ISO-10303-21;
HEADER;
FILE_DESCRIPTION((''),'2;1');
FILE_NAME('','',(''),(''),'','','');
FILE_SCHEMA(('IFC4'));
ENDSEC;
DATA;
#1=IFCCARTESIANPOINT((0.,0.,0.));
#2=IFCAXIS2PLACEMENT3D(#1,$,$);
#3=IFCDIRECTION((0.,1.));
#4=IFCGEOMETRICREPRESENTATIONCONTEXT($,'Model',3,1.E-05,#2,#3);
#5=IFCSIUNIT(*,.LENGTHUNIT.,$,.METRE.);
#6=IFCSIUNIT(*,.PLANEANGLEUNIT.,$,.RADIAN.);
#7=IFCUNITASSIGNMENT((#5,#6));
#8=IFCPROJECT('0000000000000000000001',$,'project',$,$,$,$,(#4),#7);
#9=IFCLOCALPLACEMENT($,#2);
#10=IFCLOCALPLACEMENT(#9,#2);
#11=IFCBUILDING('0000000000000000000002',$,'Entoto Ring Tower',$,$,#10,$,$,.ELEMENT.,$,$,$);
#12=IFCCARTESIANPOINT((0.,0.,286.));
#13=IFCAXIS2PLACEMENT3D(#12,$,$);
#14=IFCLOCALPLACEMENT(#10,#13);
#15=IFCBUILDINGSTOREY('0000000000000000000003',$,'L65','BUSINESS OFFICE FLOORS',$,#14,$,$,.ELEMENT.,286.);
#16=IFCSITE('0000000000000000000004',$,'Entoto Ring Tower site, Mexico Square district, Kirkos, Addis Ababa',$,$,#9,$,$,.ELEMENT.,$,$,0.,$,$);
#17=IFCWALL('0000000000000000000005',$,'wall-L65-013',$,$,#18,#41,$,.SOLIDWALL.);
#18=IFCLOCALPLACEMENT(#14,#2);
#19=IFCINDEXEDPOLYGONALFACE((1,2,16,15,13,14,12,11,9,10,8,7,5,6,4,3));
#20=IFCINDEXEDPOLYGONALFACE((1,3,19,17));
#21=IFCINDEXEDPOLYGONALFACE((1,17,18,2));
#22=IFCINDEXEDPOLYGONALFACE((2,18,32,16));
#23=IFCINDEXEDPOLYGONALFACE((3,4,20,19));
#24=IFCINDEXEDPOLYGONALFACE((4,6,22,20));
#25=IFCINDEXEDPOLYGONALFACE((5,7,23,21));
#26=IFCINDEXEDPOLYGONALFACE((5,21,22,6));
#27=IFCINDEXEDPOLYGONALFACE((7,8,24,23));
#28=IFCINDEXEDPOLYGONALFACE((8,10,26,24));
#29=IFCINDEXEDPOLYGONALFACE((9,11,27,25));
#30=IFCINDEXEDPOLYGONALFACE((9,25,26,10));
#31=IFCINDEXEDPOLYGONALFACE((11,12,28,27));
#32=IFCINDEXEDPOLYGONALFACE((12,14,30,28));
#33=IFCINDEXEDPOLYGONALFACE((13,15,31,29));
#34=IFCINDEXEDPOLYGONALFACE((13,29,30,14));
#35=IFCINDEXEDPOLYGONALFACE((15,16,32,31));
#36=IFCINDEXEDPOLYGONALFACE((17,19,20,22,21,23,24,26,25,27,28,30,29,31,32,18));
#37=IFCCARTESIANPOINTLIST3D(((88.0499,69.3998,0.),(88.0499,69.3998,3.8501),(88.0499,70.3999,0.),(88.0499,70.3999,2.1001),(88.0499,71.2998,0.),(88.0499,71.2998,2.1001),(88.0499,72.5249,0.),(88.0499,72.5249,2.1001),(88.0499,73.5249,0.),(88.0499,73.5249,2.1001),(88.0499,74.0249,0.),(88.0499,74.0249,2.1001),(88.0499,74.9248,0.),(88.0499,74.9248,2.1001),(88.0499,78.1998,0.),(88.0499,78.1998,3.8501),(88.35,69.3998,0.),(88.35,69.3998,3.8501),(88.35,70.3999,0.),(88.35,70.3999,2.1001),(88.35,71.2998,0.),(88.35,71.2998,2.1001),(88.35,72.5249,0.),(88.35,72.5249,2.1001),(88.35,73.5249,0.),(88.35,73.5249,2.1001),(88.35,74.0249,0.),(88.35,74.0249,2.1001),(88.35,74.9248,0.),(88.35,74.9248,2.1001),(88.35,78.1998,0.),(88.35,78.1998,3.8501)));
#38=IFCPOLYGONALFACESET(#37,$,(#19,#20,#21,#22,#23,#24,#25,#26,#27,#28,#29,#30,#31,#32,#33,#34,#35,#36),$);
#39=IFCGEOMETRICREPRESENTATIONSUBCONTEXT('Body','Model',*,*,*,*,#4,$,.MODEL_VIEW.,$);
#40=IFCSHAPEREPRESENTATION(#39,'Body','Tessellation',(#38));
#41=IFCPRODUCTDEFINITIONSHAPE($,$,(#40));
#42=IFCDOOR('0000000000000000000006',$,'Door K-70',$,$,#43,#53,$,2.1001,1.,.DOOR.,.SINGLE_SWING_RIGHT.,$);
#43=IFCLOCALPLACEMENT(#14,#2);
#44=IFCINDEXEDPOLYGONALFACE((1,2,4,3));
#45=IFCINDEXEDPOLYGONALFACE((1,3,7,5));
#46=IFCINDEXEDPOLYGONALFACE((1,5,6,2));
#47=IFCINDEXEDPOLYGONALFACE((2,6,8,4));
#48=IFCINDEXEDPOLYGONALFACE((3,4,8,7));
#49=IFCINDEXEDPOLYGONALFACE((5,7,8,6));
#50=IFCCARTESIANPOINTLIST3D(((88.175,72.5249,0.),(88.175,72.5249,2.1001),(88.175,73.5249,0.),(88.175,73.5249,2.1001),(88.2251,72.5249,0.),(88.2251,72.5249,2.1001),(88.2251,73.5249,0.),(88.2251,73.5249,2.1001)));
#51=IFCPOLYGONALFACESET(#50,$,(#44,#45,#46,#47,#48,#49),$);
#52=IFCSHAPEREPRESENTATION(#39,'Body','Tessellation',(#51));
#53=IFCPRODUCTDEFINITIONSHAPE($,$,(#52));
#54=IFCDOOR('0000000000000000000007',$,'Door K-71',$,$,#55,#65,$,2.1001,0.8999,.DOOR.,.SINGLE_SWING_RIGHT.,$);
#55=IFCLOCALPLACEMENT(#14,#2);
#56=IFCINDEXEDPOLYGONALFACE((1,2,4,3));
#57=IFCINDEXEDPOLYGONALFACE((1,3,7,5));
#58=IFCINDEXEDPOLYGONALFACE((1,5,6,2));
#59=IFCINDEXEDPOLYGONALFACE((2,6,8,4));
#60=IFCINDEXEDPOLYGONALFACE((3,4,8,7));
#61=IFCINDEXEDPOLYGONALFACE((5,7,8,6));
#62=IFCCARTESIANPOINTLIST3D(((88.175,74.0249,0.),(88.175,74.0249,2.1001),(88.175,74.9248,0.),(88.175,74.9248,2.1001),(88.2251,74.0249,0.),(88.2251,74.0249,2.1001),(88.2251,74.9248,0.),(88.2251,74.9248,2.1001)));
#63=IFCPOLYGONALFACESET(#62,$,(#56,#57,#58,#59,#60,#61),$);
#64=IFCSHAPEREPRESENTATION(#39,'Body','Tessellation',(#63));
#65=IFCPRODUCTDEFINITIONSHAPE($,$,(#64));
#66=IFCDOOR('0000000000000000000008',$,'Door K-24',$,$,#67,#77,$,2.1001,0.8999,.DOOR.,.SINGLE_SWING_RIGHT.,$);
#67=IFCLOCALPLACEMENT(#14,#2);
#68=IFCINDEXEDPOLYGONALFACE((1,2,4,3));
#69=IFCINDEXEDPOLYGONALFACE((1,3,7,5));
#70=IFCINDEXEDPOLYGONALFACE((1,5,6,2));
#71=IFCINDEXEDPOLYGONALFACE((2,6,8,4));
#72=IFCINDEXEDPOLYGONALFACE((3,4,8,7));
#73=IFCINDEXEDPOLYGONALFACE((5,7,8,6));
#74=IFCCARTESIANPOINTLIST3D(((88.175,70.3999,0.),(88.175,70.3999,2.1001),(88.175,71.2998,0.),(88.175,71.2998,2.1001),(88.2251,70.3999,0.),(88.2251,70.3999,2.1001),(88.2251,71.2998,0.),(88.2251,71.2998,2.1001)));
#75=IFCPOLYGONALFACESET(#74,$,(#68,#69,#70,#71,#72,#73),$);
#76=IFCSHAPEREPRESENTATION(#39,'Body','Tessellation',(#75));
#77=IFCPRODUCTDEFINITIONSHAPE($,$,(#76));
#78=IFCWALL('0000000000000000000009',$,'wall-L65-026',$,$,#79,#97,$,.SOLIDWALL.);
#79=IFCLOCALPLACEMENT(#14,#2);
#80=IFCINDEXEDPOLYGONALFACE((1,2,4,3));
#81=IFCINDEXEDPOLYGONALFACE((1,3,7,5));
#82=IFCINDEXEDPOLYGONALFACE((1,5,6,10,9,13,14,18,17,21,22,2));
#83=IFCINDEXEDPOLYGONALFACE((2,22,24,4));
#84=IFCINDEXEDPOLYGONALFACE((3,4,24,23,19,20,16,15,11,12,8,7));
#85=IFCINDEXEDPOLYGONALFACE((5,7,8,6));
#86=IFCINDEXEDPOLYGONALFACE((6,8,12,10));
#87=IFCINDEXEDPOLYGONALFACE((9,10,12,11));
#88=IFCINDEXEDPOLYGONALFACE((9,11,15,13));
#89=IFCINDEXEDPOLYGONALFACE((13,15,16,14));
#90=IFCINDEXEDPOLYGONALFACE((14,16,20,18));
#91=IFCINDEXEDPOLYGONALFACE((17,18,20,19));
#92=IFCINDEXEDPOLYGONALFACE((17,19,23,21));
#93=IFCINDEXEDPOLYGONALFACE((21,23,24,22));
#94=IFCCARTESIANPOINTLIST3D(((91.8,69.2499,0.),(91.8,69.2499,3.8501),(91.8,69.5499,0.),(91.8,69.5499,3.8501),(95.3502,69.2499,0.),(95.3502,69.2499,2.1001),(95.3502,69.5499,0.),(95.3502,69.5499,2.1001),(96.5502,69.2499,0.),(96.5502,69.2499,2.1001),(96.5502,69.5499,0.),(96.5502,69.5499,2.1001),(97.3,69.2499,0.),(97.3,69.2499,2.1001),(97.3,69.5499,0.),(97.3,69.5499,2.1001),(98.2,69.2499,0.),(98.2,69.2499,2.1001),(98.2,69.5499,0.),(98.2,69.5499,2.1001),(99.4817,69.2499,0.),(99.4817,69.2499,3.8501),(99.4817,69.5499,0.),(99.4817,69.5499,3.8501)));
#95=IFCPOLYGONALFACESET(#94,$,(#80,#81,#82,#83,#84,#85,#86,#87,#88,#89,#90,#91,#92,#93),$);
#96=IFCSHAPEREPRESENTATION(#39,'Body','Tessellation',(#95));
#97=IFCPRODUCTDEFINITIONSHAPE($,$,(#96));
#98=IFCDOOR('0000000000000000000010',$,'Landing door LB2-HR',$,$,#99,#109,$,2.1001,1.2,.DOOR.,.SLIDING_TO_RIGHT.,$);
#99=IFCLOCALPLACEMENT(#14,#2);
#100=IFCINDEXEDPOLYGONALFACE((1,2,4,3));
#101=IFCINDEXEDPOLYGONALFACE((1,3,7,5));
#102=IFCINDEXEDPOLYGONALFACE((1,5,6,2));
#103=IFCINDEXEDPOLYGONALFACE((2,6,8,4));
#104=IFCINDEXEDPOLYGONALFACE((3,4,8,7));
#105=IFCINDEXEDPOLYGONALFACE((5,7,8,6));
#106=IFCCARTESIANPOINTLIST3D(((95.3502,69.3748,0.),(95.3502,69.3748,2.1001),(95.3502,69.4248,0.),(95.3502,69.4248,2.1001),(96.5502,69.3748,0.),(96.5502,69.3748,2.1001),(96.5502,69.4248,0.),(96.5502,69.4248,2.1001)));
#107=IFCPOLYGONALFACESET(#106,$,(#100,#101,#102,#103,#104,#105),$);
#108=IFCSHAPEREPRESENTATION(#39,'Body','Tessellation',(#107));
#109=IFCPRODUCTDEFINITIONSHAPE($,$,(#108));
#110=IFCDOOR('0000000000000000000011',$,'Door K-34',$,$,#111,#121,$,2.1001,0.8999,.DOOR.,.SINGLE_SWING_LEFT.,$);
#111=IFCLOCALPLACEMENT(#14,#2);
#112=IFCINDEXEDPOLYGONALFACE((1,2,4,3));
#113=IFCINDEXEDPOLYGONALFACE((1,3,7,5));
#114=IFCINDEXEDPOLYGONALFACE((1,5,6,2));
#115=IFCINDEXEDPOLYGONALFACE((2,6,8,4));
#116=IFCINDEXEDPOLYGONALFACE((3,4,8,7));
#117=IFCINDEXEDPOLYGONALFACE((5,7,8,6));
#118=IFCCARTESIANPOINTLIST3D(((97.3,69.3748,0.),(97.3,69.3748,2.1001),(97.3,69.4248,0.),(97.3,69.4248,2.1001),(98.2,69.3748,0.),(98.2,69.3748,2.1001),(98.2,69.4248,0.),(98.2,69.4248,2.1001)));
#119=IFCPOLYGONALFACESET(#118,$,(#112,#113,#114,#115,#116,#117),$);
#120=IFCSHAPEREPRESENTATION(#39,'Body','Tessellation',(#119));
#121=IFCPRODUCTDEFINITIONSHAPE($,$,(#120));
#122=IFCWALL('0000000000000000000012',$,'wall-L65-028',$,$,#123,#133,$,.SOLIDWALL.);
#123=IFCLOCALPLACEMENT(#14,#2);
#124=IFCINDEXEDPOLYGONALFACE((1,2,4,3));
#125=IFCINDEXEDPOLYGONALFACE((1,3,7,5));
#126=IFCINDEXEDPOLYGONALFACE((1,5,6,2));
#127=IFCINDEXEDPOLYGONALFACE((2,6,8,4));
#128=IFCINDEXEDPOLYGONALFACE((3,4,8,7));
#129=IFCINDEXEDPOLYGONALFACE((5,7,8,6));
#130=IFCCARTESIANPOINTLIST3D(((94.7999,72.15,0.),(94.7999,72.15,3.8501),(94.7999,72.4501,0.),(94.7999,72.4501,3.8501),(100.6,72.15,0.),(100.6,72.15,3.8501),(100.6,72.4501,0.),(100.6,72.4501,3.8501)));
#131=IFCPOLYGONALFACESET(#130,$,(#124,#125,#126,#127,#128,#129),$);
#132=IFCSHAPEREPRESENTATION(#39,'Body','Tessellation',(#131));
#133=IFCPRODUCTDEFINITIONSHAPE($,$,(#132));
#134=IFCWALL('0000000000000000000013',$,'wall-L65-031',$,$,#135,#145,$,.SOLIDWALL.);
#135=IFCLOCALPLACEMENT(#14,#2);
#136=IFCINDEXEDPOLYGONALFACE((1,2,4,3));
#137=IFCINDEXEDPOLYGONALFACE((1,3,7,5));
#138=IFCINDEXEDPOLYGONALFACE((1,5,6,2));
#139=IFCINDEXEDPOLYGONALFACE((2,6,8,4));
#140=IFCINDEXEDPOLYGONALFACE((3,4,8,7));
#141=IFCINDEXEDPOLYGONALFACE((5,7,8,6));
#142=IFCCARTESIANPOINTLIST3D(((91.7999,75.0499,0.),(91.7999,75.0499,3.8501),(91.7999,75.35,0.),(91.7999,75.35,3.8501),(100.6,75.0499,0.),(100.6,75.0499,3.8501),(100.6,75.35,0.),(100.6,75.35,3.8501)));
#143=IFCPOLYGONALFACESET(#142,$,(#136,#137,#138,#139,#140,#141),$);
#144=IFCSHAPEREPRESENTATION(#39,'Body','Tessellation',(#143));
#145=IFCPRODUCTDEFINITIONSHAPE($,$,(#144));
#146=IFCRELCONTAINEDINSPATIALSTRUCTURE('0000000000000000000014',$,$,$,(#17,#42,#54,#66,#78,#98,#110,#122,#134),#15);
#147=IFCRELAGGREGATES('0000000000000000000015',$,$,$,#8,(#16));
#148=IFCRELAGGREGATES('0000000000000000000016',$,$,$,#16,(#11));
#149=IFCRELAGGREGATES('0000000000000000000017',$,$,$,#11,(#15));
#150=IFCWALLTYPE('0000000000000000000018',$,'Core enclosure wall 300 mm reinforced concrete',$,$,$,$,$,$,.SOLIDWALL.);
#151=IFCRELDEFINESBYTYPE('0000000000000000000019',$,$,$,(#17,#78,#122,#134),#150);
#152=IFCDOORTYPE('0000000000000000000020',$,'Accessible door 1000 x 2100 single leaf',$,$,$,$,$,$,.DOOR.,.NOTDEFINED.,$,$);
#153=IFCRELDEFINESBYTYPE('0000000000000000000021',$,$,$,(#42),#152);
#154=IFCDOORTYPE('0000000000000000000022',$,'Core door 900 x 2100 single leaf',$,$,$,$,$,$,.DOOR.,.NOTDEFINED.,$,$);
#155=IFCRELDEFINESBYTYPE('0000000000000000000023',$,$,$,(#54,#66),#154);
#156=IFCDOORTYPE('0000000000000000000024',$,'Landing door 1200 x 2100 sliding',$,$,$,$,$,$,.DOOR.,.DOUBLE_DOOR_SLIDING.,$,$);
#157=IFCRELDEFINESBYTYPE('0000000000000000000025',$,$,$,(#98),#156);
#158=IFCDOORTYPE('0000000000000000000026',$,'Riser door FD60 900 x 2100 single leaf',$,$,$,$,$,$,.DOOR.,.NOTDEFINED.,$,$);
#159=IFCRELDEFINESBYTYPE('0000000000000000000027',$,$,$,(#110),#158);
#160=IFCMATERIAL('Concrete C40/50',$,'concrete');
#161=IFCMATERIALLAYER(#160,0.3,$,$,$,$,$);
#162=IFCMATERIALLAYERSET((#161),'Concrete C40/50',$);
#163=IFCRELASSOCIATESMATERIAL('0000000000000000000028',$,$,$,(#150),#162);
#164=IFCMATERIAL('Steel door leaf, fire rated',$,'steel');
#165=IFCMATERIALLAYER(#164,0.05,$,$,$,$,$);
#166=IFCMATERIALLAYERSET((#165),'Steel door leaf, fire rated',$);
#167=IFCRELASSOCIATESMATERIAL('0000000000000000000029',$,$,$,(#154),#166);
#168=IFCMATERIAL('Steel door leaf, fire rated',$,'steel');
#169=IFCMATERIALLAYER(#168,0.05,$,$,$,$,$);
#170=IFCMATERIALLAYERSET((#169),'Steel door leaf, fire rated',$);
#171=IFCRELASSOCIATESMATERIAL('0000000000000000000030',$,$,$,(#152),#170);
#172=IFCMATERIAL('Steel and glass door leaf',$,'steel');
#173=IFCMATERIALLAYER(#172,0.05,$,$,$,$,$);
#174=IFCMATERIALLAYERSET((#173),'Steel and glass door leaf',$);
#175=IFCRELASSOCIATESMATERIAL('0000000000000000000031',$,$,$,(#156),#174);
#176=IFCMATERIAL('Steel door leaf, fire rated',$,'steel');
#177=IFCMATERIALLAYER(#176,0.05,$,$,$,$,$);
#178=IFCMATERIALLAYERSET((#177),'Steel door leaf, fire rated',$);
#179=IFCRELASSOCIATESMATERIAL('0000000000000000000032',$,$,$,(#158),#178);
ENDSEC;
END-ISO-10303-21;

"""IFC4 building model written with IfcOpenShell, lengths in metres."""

from ifc_helpers import new_model, si_unit, direction, frame, frame_2d, origin, place, context, subcontext, project, spatial, rectangle, extrude, material, layer, layer_set, type_object, element, fill, save


model = new_model("IFC4")

# Units and contexts
model_context = context("Model", 3, precision=1e-05, world=origin(), true_north=direction((0.0, 1.0)))
body_context = subcontext(model_context, "Body", "Model", "MODEL_VIEW")
ifc_project = project(units=[si_unit("LENGTHUNIT", "METRE"), si_unit("PLANEANGLEUNIT", "RADIAN")], contexts=[model_context])

# Site, building, storey
site_placement = place(None, origin())
site = spatial("IfcSite", under=ifc_project, at=site_placement, Name="Entoto Ring Tower site, Mexico Square district, Kirkos, Addis Ababa", CompositionType="ELEMENT", RefElevation=0.0)
building_placement = place(site_placement, origin())
building = spatial("IfcBuilding", under=site, at=building_placement, Name="Entoto Ring Tower", CompositionType="ELEMENT")
storey_placement = place(building_placement, frame((0.0, 0.0, 286.0)))
storey = spatial("IfcBuildingStorey", under=building, at=storey_placement, Name="L65", Description="BUSINESS OFFICE FLOORS", CompositionType="ELEMENT", Elevation=286.0)

# Shared definitions
ifc_material_1 = material(Name="Concrete C40/50", Category="concrete")
ifc_layer_1 = layer(ifc_material_1, 0.3)
ifc_layer_set_1 = layer_set([ifc_layer_1], Name="Concrete C40/50")
wall_type_1 = type_object("IfcWallType", Name="Core enclosure wall 300 mm reinforced concrete", PredefinedType="SOLIDWALL", material=ifc_layer_set_1)

# Shared definitions
ifc_material_2 = material(Name="Steel door leaf, fire rated", Category="steel")
ifc_layer_2 = layer(ifc_material_2, 0.05)
ifc_layer_set_2 = layer_set([ifc_layer_2], Name="Steel door leaf, fire rated")
door_type_1 = type_object("IfcDoorType", Name="Core door 900 x 2100 single leaf", OperationType="NOTDEFINED", PredefinedType="DOOR", material=ifc_layer_set_2)

# Walls, openings, doors
wall_1_placement = place(storey_placement, frame((88.2, 69.3999, 0.0), z_axis=(0.0, 0.0, 1.0), x_axis=(0.0, 1.0, 0.0)))
wall_1 = element("IfcWall", 1, at=wall_1_placement, inside=storey, type_object=wall_type_1, Name="wall-L65-013", PredefinedType="SOLIDWALL", context=body_context, shape_type="SweptSolid", body=[
    extrude(rectangle(XDim=8.8, YDim=0.3, at=frame_2d((4.3999, 0.0))), origin(), (0.0, 0.0, 1.0), 3.8501),
])
opening_1_placement = place(wall_1_placement, frame((3.125, 0.0, 0.0)))
opening_1 = element("IfcOpeningElement", 2, at=opening_1_placement, cuts=wall_1, PredefinedType="OPENING", context=body_context, shape_type="SweptSolid", body=[
    extrude(rectangle(XDim=1.0, YDim=2.1001, at=frame_2d((0.5, 1.05))), frame((0.0, 0.1602, 0.0), z_axis=(0.0, -1.0, 0.0), x_axis=(1.0, 0.0, 0.0)), (0.0, 0.0, 1.0), 0.3201),
])
opening_2_placement = place(wall_1_placement, frame((4.625, 0.0, 0.0)))
opening_2 = element("IfcOpeningElement", 3, at=opening_2_placement, cuts=wall_1, PredefinedType="OPENING", context=body_context, shape_type="SweptSolid", body=[
    extrude(rectangle(XDim=0.8999, YDim=2.1001, at=frame_2d((0.45, 1.05))), frame((0.0, 0.1602, 0.0), z_axis=(0.0, -1.0, 0.0), x_axis=(1.0, 0.0, 0.0)), (0.0, 0.0, 1.0), 0.3201),
])
opening_3_placement = place(wall_1_placement, frame((1.0, 0.0, 0.0)))
opening_3 = element("IfcOpeningElement", 4, at=opening_3_placement, cuts=wall_1, PredefinedType="OPENING", context=body_context, shape_type="SweptSolid", body=[
    extrude(rectangle(XDim=0.8999, YDim=2.1001, at=frame_2d((0.45, 1.05))), frame((0.0, 0.1602, 0.0), z_axis=(0.0, -1.0, 0.0), x_axis=(1.0, 0.0, 0.0)), (0.0, 0.0, 1.0), 0.3201),
])
ifc_material_3 = material(Name="Steel door leaf, fire rated", Category="steel")
ifc_layer_3 = layer(ifc_material_3, 0.05)
ifc_layer_set_3 = layer_set([ifc_layer_3], Name="Steel door leaf, fire rated")
door_type_2 = type_object("IfcDoorType", Name="Accessible door 1000 x 2100 single leaf", OperationType="NOTDEFINED", PredefinedType="DOOR", material=ifc_layer_set_3)
door_1_placement = place(opening_1_placement, origin())
door_1 = element("IfcDoor", 5, at=door_1_placement, inside=storey, type_object=door_type_2, Name="Door K-70", OperationType="SINGLE_SWING_RIGHT", OverallHeight=2.1001, OverallWidth=1.0, PredefinedType="DOOR", context=body_context, shape_type="SweptSolid", body=[
    extrude(rectangle(XDim=1.0, YDim=2.1001, at=frame_2d((0.5, 1.05))), frame((0.0, 0.0249, 0.0), z_axis=(0.0, -1.0, 0.0), x_axis=(1.0, 0.0, 0.0)), (0.0, 0.0, 1.0), 0.05),
])
fill(opening_1, door_1)
door_2_placement = place(opening_2_placement, origin())
door_2 = element("IfcDoor", 6, at=door_2_placement, inside=storey, type_object=door_type_1, Name="Door K-71", OperationType="SINGLE_SWING_RIGHT", OverallHeight=2.1001, OverallWidth=0.8999, PredefinedType="DOOR", context=body_context, shape_type="SweptSolid", body=[
    extrude(rectangle(XDim=0.8999, YDim=2.1001, at=frame_2d((0.45, 1.05))), frame((0.0, 0.0249, 0.0), z_axis=(0.0, -1.0, 0.0), x_axis=(1.0, 0.0, 0.0)), (0.0, 0.0, 1.0), 0.05),
])
fill(opening_2, door_2)
door_3_placement = place(opening_3_placement, origin())
door_3 = element("IfcDoor", 7, at=door_3_placement, inside=storey, type_object=door_type_1, Name="Door K-24", OperationType="SINGLE_SWING_RIGHT", OverallHeight=2.1001, OverallWidth=0.8999, PredefinedType="DOOR", context=body_context, shape_type="SweptSolid", body=[
    extrude(rectangle(XDim=0.8999, YDim=2.1001, at=frame_2d((0.45, 1.05))), frame((0.0, 0.0249, 0.0), z_axis=(0.0, -1.0, 0.0), x_axis=(1.0, 0.0, 0.0)), (0.0, 0.0, 1.0), 0.05),
])
fill(opening_3, door_3)
wall_2_placement = place(storey_placement, frame((91.8, 69.3999, 0.0), z_axis=(0.0, 0.0, 1.0), x_axis=(1.0, 0.0, 0.0)))
wall_2 = element("IfcWall", 8, at=wall_2_placement, inside=storey, type_object=wall_type_1, Name="wall-L65-026", PredefinedType="SOLIDWALL", context=body_context, shape_type="SweptSolid", body=[
    extrude(rectangle(XDim=7.6816, YDim=0.3, at=frame_2d((3.8408, 0.0))), origin(), (0.0, 0.0, 1.0), 3.8501),
])
opening_4_placement = place(wall_2_placement, frame((3.55, 0.0, 0.0)))
opening_4 = element("IfcOpeningElement", 9, at=opening_4_placement, cuts=wall_2, PredefinedType="OPENING", context=body_context, shape_type="SweptSolid", body=[
    extrude(rectangle(XDim=1.2, YDim=2.1001, at=frame_2d((0.6001, 1.05))), frame((0.0, 0.1602, 0.0), z_axis=(0.0, -1.0, 0.0), x_axis=(1.0, 0.0, 0.0)), (0.0, 0.0, 1.0), 0.3201),
])
opening_5_placement = place(wall_2_placement, frame((5.5, 0.0, 0.0)))
opening_5 = element("IfcOpeningElement", 10, at=opening_5_placement, cuts=wall_2, PredefinedType="OPENING", context=body_context, shape_type="SweptSolid", body=[
    extrude(rectangle(XDim=0.8999, YDim=2.1001, at=frame_2d((0.45, 1.05))), frame((0.0, 0.1602, 0.0), z_axis=(0.0, -1.0, 0.0), x_axis=(1.0, 0.0, 0.0)), (0.0, 0.0, 1.0), 0.3201),
])
ifc_material_4 = material(Name="Steel and glass door leaf", Category="steel")
ifc_layer_4 = layer(ifc_material_4, 0.05)
ifc_layer_set_4 = layer_set([ifc_layer_4], Name="Steel and glass door leaf")
door_type_3 = type_object("IfcDoorType", Name="Landing door 1200 x 2100 sliding", OperationType="DOUBLE_DOOR_SLIDING", PredefinedType="DOOR", material=ifc_layer_set_4)
door_4_placement = place(opening_4_placement, origin())
door_4 = element("IfcDoor", 11, at=door_4_placement, inside=storey, type_object=door_type_3, Name="Landing door LB2-HR", OperationType="SLIDING_TO_RIGHT", OverallHeight=2.1001, OverallWidth=1.2, PredefinedType="DOOR", context=body_context, shape_type="SweptSolid", body=[
    extrude(rectangle(XDim=1.2, YDim=2.1001, at=frame_2d((0.6001, 1.05))), frame((0.0, 0.0249, 0.0), z_axis=(0.0, -1.0, 0.0), x_axis=(1.0, 0.0, 0.0)), (0.0, 0.0, 1.0), 0.05),
])
fill(opening_4, door_4)
ifc_material_5 = material(Name="Steel door leaf, fire rated", Category="steel")
ifc_layer_5 = layer(ifc_material_5, 0.05)
ifc_layer_set_5 = layer_set([ifc_layer_5], Name="Steel door leaf, fire rated")
door_type_4 = type_object("IfcDoorType", Name="Riser door FD60 900 x 2100 single leaf", OperationType="NOTDEFINED", PredefinedType="DOOR", material=ifc_layer_set_5)
door_5_placement = place(opening_5_placement, origin())
door_5 = element("IfcDoor", 12, at=door_5_placement, inside=storey, type_object=door_type_4, Name="Door K-34", OperationType="SINGLE_SWING_LEFT", OverallHeight=2.1001, OverallWidth=0.8999, PredefinedType="DOOR", context=body_context, shape_type="SweptSolid", body=[
    extrude(rectangle(XDim=0.8999, YDim=2.1001, at=frame_2d((0.45, 1.05))), frame((0.0, 0.0249, 0.0), z_axis=(0.0, -1.0, 0.0), x_axis=(1.0, 0.0, 0.0)), (0.0, 0.0, 1.0), 0.05),
])
fill(opening_5, door_5)

# Walls
wall_3_placement = place(storey_placement, frame((94.8, 72.3, 0.0), z_axis=(0.0, 0.0, 1.0), x_axis=(1.0, 0.0, 0.0)))
element("IfcWall", 13, at=wall_3_placement, inside=storey, type_object=wall_type_1, Name="wall-L65-028", PredefinedType="SOLIDWALL", context=body_context, shape_type="SweptSolid", body=[
    extrude(rectangle(XDim=5.8, YDim=0.3, at=frame_2d((2.8999, 0.0))), origin(), (0.0, 0.0, 1.0), 3.8501),
])
wall_4_placement = place(storey_placement, frame((91.8, 75.2, 0.0), z_axis=(0.0, 0.0, 1.0), x_axis=(1.0, 0.0, 0.0)))
element("IfcWall", 14, at=wall_4_placement, inside=storey, type_object=wall_type_1, Name="wall-L65-031", PredefinedType="SOLIDWALL", context=body_context, shape_type="SweptSolid", body=[
    extrude(rectangle(XDim=8.8, YDim=0.3, at=frame_2d((4.3999, 0.0))), origin(), (0.0, 0.0, 1.0), 3.8501),
])

save(model, "model.ifc")
